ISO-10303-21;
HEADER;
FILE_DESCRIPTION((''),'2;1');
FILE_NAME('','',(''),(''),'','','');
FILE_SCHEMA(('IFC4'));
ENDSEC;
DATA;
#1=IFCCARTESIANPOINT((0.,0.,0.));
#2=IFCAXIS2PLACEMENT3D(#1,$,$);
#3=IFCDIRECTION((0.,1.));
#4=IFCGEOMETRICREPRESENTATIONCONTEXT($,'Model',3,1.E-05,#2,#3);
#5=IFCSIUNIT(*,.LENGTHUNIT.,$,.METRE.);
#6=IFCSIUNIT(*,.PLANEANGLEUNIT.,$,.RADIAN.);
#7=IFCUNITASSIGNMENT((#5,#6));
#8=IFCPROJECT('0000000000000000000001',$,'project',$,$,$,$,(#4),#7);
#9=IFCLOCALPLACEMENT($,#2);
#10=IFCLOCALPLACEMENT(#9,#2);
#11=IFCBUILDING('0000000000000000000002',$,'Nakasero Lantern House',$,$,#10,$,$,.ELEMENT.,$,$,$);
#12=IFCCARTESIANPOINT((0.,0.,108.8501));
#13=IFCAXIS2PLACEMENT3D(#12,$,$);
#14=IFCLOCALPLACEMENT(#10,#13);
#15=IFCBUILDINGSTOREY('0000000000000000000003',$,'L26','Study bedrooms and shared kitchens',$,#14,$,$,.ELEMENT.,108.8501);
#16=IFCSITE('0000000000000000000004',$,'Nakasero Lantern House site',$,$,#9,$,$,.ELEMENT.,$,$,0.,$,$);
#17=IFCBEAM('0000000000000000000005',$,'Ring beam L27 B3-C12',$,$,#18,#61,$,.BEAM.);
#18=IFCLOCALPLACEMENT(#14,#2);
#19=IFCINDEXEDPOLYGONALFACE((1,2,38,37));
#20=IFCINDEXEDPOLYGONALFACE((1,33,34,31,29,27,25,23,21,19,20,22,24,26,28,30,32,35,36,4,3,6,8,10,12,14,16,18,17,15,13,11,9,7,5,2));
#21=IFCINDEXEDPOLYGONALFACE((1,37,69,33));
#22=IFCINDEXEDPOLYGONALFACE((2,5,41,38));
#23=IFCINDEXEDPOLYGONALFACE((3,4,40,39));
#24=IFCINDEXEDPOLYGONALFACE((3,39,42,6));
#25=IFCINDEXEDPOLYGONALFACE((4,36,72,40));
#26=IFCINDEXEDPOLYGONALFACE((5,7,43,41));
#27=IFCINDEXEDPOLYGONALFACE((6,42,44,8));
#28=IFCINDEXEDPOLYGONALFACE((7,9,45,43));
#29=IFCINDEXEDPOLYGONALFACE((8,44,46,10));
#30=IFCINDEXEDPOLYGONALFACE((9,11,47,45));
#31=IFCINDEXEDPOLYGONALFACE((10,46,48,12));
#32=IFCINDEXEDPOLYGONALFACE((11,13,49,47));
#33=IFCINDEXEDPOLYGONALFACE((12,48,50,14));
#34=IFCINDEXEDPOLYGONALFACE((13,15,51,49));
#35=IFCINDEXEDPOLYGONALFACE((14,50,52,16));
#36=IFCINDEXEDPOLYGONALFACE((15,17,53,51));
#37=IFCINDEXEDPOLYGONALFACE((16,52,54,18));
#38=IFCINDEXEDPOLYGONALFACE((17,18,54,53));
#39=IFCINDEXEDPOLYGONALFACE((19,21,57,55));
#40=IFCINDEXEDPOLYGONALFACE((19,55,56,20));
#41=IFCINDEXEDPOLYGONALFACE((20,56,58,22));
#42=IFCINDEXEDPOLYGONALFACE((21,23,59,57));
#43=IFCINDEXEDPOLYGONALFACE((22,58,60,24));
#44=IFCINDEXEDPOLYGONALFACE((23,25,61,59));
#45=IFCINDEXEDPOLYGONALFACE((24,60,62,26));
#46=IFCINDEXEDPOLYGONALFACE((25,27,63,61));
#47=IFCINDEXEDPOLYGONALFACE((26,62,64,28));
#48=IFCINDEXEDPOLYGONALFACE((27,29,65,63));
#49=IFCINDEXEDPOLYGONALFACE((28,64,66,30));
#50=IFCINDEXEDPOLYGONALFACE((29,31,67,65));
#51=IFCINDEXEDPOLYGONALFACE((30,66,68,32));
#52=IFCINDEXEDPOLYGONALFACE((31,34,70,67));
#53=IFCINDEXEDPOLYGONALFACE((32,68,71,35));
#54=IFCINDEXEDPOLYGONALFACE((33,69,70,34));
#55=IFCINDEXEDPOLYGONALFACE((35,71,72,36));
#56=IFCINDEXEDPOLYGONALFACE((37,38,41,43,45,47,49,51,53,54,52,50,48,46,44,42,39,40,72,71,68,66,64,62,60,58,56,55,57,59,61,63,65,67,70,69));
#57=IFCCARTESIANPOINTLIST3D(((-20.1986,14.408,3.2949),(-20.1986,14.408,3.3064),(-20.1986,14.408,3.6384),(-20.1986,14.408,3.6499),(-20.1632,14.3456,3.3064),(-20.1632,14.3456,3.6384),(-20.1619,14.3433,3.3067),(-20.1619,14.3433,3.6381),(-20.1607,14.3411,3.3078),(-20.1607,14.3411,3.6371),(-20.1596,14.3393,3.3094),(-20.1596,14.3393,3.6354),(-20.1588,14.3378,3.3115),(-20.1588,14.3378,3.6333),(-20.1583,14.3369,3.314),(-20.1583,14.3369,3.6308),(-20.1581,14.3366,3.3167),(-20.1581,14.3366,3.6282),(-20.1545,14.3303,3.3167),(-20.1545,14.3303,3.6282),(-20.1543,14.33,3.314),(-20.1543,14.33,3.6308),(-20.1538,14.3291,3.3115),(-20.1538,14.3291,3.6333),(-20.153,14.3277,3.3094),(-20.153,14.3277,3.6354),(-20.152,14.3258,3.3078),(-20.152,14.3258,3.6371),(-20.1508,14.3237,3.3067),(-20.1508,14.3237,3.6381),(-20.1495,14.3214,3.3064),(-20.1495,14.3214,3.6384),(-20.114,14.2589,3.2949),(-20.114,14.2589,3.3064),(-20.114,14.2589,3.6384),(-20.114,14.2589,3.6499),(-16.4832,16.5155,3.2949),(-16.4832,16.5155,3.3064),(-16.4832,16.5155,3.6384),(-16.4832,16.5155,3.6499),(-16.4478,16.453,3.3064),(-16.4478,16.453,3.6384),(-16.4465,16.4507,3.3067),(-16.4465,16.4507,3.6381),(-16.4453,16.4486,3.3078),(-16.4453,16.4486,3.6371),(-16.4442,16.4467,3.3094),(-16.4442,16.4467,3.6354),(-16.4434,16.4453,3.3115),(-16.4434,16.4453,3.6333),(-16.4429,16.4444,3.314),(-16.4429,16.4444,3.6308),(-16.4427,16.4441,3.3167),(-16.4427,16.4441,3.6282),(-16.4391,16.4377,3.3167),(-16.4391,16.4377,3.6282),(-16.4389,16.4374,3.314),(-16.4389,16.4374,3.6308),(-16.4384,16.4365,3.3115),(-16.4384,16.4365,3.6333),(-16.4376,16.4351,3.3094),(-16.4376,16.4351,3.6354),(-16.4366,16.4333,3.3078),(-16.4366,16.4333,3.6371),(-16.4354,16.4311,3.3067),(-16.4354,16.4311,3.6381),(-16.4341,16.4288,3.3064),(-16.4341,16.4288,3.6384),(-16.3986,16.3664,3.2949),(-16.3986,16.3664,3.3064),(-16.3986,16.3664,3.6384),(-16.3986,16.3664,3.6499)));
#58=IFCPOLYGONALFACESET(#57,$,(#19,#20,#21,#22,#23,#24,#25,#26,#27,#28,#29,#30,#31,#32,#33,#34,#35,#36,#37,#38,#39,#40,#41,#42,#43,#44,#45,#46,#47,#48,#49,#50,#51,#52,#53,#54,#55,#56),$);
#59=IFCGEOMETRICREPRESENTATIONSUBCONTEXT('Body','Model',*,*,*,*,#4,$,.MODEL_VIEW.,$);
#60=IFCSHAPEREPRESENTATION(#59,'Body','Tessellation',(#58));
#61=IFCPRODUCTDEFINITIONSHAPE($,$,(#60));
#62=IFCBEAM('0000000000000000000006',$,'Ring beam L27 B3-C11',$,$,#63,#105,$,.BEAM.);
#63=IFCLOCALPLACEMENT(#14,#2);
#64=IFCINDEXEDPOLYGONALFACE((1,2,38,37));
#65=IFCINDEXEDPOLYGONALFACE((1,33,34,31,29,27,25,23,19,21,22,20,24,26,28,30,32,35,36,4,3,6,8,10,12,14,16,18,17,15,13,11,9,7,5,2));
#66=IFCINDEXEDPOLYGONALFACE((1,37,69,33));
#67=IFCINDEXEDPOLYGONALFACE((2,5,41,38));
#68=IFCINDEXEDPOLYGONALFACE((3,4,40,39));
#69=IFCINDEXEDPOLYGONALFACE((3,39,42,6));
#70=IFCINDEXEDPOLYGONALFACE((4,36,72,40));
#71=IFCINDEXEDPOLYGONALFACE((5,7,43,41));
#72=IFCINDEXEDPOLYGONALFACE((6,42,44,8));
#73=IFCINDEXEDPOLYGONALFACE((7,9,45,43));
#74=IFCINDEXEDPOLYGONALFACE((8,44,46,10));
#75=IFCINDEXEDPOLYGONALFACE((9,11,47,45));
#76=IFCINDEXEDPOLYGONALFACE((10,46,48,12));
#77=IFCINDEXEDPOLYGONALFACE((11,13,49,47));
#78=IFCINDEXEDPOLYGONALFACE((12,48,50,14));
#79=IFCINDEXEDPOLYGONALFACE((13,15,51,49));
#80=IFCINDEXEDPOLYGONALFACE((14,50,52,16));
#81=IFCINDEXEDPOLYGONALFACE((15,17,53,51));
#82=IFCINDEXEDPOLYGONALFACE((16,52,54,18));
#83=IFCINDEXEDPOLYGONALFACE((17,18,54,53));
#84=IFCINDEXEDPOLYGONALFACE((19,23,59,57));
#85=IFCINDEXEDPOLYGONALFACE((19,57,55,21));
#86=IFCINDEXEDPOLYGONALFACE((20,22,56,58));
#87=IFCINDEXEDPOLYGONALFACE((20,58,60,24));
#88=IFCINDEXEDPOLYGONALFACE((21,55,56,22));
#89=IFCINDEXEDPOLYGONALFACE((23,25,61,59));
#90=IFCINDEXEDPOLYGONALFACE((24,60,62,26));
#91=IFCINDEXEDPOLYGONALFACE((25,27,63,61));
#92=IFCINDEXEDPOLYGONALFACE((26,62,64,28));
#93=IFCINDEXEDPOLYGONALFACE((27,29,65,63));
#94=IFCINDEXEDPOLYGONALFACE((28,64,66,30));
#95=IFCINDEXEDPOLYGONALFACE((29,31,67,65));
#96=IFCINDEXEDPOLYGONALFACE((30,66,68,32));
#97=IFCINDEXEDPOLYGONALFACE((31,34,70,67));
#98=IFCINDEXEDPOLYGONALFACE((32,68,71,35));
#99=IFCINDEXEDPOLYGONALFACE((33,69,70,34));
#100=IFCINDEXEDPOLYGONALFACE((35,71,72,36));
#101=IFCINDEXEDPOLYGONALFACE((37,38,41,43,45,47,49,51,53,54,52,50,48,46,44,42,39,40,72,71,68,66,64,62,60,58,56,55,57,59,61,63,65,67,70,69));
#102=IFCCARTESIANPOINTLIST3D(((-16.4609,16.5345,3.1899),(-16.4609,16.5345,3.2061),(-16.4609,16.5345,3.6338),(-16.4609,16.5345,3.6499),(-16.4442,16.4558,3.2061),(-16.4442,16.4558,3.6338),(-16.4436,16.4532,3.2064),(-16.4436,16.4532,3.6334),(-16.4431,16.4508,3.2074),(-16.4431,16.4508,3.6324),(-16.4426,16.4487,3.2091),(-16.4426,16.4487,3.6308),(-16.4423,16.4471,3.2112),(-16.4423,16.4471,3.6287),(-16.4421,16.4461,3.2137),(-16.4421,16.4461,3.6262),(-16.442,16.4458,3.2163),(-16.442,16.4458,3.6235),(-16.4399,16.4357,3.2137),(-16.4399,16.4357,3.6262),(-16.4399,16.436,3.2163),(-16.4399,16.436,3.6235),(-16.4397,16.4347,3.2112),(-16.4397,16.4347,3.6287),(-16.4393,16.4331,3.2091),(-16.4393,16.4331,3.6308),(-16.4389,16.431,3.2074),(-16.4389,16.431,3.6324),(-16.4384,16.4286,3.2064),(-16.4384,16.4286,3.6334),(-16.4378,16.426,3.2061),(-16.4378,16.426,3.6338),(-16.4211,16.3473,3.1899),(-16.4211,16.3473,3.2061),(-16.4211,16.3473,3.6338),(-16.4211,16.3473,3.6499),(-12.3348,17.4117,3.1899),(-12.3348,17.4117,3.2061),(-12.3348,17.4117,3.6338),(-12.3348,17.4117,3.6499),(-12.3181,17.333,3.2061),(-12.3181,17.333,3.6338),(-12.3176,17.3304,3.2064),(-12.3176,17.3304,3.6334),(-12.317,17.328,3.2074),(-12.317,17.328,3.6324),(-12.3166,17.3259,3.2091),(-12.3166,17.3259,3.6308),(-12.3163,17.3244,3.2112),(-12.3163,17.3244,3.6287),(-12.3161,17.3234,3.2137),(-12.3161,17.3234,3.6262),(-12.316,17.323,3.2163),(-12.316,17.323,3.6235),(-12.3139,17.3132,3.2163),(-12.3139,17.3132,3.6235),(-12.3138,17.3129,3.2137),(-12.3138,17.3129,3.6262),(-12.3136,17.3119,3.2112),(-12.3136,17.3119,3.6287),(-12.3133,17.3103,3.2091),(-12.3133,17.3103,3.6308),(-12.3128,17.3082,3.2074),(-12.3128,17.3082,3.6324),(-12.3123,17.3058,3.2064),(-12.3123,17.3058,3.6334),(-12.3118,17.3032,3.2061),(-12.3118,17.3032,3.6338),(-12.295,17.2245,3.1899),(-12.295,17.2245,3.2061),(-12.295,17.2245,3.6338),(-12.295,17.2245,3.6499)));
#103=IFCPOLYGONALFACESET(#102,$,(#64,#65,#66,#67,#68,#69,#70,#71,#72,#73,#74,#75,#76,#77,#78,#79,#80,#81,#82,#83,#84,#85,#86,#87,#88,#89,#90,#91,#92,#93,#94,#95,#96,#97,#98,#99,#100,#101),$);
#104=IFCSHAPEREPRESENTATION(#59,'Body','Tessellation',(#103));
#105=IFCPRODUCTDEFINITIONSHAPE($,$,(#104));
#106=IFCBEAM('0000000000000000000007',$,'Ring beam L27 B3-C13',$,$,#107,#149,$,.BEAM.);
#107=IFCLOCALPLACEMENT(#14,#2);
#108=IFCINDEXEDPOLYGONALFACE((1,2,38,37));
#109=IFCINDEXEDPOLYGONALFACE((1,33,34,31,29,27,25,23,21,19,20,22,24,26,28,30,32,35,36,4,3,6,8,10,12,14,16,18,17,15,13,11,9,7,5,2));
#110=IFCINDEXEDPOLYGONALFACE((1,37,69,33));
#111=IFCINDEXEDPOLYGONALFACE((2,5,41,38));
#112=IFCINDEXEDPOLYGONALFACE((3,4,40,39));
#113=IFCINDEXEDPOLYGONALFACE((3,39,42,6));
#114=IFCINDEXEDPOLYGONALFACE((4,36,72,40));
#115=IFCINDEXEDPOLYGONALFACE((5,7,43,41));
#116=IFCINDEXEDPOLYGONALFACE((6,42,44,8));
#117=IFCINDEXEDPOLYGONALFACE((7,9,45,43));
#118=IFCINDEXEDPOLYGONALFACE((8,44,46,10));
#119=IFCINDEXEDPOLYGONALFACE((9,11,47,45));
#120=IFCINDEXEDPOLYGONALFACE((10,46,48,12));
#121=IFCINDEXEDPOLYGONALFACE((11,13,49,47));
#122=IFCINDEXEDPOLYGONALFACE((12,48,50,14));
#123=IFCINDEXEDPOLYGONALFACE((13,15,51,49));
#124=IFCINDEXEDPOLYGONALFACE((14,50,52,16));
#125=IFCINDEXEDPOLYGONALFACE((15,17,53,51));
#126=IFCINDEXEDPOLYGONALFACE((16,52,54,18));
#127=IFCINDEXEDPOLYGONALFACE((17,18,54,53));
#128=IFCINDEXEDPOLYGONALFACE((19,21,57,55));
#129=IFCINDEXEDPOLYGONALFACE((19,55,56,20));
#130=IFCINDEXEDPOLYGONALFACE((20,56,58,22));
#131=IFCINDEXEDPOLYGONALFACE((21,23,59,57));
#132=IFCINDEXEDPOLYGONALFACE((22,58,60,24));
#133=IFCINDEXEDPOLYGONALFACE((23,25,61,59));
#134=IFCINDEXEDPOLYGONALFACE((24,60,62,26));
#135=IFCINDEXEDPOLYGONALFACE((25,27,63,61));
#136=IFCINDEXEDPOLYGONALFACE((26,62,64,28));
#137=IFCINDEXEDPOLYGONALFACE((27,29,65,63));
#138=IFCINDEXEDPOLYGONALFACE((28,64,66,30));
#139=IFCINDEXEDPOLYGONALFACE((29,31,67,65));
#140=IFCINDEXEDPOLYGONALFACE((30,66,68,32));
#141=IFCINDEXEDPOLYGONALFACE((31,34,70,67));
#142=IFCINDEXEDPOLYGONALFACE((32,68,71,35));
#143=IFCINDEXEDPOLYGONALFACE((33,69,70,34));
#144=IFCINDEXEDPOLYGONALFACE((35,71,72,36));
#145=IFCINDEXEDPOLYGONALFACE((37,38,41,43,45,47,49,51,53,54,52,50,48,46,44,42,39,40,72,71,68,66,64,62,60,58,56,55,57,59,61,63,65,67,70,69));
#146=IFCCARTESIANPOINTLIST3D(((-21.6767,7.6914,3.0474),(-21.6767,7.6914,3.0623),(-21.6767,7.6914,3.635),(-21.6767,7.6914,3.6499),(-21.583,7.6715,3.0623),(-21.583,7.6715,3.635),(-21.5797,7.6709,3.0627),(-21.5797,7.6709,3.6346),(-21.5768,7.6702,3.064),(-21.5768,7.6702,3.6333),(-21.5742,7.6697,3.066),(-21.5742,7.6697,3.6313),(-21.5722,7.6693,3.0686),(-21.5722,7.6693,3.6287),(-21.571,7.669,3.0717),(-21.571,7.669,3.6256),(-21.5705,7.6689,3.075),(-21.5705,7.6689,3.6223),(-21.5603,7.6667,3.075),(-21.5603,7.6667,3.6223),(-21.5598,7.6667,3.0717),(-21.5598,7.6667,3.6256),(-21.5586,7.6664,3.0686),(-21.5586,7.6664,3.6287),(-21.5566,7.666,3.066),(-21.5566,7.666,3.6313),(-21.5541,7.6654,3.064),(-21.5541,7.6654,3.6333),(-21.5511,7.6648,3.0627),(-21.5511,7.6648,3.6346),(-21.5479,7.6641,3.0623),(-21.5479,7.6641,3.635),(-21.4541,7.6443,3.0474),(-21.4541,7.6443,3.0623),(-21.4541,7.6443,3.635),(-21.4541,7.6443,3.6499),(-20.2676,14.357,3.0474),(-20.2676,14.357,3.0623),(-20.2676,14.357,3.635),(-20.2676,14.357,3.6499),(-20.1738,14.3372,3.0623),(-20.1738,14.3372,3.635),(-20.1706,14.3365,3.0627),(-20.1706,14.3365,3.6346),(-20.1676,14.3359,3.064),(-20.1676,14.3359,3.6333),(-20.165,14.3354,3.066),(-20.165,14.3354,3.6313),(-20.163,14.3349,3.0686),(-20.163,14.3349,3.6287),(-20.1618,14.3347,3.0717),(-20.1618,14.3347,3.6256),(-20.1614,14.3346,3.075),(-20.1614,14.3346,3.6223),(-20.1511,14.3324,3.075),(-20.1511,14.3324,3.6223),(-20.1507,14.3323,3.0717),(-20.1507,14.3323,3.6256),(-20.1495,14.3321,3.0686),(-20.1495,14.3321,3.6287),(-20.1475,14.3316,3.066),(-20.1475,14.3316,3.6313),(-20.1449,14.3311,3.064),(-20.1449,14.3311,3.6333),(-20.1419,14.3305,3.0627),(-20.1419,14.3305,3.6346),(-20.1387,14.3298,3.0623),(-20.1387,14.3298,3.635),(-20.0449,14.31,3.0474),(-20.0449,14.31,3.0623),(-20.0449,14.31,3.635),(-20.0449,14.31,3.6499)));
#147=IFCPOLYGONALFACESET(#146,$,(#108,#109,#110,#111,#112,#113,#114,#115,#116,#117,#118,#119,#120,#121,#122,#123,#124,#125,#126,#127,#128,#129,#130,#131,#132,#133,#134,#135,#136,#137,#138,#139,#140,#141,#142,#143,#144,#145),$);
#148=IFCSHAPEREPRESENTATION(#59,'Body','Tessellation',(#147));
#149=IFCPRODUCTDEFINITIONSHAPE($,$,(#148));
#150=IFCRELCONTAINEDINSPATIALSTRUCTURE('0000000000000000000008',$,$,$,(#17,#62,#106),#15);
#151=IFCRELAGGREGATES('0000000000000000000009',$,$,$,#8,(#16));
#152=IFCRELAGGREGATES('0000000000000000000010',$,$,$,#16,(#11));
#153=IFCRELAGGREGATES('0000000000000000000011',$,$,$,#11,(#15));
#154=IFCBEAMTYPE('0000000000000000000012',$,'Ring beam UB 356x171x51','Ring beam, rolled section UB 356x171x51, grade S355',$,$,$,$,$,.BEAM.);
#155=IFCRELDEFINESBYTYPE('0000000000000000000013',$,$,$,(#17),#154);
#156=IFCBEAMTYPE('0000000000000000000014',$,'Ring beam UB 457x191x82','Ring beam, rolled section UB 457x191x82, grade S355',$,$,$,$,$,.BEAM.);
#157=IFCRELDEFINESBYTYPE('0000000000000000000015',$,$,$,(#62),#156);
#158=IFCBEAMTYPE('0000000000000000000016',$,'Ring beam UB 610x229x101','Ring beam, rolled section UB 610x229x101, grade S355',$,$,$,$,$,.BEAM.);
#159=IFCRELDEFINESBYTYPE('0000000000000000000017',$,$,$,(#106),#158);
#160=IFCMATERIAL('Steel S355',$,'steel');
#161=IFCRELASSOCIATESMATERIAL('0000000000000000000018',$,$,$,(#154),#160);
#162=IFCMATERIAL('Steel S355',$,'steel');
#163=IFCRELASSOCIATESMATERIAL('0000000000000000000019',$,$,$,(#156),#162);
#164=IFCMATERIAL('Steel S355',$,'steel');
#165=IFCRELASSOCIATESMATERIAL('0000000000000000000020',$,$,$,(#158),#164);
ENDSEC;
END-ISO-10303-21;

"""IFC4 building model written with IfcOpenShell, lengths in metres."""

from ifc_helpers import new_model, si_unit, direction, frame, origin, origin_2d, place, context, subcontext, project, spatial, i_section, extrude, material, material_profile, profile_set, type_object, element, save


model = new_model("IFC4")

# Units and contexts
model_context = context("Model", 3, precision=1e-05, world=origin(), true_north=direction((0.0, 1.0)))
body_context = subcontext(model_context, "Body", "Model", "MODEL_VIEW")
ifc_project = project(units=[si_unit("LENGTHUNIT", "METRE"), si_unit("PLANEANGLEUNIT", "RADIAN")], contexts=[model_context])

# Site, building, storey
site_placement = place(None, origin())
site = spatial("IfcSite", under=ifc_project, at=site_placement, Name="Nakasero Lantern House site", CompositionType="ELEMENT", RefElevation=0.0)
building_placement = place(site_placement, origin())
building = spatial("IfcBuilding", under=site, at=building_placement, Name="Nakasero Lantern House", CompositionType="ELEMENT")
storey_placement = place(building_placement, frame((0.0, 0.0, 108.8501)))
storey = spatial("IfcBuildingStorey", under=building, at=storey_placement, Name="L26", Description="Study bedrooms and shared kitchens", CompositionType="ELEMENT", Elevation=108.8501)

# Beams
ifc_material_1 = material(Name="Steel S355", Category="steel")
ifc_material_profile_1 = material_profile(ifc_material_1, i_section(OverallWidth=0.1714, OverallDepth=0.355, WebThickness=0.0073, FlangeThickness=0.0115, FilletRadius=0.0103, at=origin_2d()), Name="UB 356x171x51")
ifc_profile_set_1 = profile_set([ifc_material_profile_1], Name="Steel S355")
beam_type_1 = type_object("IfcBeamType", Name="Ring beam UB 356x171x51", Description="Ring beam, rolled section UB 356x171x51, grade S355", PredefinedType="BEAM", material=ifc_profile_set_1)
beam_1_placement = place(storey_placement, frame((-16.4409, 16.4409, 3.4724), z_axis=(-0.869815, -0.493379, 0.0), x_axis=(0.493379, -0.869815, 0.0)))
element("IfcBeam", 1, at=beam_1_placement, inside=storey, type_object=beam_type_1, Name="Ring beam L27 B3-C12", PredefinedType="BEAM", context=body_context, shape_type="SweptSolid", body=[
    extrude(i_section(OverallWidth=0.1714, OverallDepth=0.355, WebThickness=0.0073, FlangeThickness=0.0115, FilletRadius=0.0103, at=origin_2d()), origin(), (0.0, 0.0, 1.0), 4.2715),
])
ifc_material_2 = material(Name="Steel S355", Category="steel")
ifc_material_profile_2 = material_profile(ifc_material_2, i_section(OverallWidth=0.1914, OverallDepth=0.46, WebThickness=0.01, FlangeThickness=0.0161, FilletRadius=0.0103, at=origin_2d()), Name="UB 457x191x82")
ifc_profile_set_2 = profile_set([ifc_material_profile_2], Name="Steel S355")
beam_type_2 = type_object("IfcBeamType", Name="Ring beam UB 457x191x82", Description="Ring beam, rolled section UB 457x191x82, grade S355", PredefinedType="BEAM", material=ifc_profile_set_2)
beam_2_placement = place(storey_placement, frame((-12.3149, 17.3181, 3.4199), z_axis=(-0.978138, -0.207956, 0.0), x_axis=(0.207956, -0.978138, 0.0)))
element("IfcBeam", 2, at=beam_2_placement, inside=storey, type_object=beam_type_2, Name="Ring beam L27 B3-C11", PredefinedType="BEAM", context=body_context, shape_type="SweptSolid", body=[
    extrude(i_section(OverallWidth=0.1914, OverallDepth=0.46, WebThickness=0.01, FlangeThickness=0.0161, FilletRadius=0.0103, at=origin_2d()), origin(), (0.0, 0.0, 1.0), 4.2183),
])
ifc_material_3 = material(Name="Steel S355", Category="steel")
ifc_material_profile_3 = material_profile(ifc_material_3, i_section(OverallWidth=0.2275, OverallDepth=0.6025, WebThickness=0.0105, FlangeThickness=0.0149, FilletRadius=0.0127, at=origin_2d()), Name="UB 610x229x101")
ifc_profile_set_3 = profile_set([ifc_material_profile_3], Name="Steel S355")
beam_type_3 = type_object("IfcBeamType", Name="Ring beam UB 610x229x101", Description="Ring beam, rolled section UB 610x229x101, grade S355", PredefinedType="BEAM", material=ifc_profile_set_3)
beam_3_placement = place(storey_placement, frame((-20.1562, 14.3335, 3.3486), z_axis=(-0.206834, -0.978376, 0.0), x_axis=(0.978376, -0.206834, 0.0)))
element("IfcBeam", 3, at=beam_3_placement, inside=storey, type_object=beam_type_3, Name="Ring beam L27 B3-C13", PredefinedType="BEAM", context=body_context, shape_type="SweptSolid", body=[
    extrude(i_section(OverallWidth=0.2275, OverallDepth=0.6025, WebThickness=0.0105, FlangeThickness=0.0149, FilletRadius=0.0127, at=origin_2d()), origin(), (0.0, 0.0, 1.0), 6.813),
])

save(model, "model.ifc")
